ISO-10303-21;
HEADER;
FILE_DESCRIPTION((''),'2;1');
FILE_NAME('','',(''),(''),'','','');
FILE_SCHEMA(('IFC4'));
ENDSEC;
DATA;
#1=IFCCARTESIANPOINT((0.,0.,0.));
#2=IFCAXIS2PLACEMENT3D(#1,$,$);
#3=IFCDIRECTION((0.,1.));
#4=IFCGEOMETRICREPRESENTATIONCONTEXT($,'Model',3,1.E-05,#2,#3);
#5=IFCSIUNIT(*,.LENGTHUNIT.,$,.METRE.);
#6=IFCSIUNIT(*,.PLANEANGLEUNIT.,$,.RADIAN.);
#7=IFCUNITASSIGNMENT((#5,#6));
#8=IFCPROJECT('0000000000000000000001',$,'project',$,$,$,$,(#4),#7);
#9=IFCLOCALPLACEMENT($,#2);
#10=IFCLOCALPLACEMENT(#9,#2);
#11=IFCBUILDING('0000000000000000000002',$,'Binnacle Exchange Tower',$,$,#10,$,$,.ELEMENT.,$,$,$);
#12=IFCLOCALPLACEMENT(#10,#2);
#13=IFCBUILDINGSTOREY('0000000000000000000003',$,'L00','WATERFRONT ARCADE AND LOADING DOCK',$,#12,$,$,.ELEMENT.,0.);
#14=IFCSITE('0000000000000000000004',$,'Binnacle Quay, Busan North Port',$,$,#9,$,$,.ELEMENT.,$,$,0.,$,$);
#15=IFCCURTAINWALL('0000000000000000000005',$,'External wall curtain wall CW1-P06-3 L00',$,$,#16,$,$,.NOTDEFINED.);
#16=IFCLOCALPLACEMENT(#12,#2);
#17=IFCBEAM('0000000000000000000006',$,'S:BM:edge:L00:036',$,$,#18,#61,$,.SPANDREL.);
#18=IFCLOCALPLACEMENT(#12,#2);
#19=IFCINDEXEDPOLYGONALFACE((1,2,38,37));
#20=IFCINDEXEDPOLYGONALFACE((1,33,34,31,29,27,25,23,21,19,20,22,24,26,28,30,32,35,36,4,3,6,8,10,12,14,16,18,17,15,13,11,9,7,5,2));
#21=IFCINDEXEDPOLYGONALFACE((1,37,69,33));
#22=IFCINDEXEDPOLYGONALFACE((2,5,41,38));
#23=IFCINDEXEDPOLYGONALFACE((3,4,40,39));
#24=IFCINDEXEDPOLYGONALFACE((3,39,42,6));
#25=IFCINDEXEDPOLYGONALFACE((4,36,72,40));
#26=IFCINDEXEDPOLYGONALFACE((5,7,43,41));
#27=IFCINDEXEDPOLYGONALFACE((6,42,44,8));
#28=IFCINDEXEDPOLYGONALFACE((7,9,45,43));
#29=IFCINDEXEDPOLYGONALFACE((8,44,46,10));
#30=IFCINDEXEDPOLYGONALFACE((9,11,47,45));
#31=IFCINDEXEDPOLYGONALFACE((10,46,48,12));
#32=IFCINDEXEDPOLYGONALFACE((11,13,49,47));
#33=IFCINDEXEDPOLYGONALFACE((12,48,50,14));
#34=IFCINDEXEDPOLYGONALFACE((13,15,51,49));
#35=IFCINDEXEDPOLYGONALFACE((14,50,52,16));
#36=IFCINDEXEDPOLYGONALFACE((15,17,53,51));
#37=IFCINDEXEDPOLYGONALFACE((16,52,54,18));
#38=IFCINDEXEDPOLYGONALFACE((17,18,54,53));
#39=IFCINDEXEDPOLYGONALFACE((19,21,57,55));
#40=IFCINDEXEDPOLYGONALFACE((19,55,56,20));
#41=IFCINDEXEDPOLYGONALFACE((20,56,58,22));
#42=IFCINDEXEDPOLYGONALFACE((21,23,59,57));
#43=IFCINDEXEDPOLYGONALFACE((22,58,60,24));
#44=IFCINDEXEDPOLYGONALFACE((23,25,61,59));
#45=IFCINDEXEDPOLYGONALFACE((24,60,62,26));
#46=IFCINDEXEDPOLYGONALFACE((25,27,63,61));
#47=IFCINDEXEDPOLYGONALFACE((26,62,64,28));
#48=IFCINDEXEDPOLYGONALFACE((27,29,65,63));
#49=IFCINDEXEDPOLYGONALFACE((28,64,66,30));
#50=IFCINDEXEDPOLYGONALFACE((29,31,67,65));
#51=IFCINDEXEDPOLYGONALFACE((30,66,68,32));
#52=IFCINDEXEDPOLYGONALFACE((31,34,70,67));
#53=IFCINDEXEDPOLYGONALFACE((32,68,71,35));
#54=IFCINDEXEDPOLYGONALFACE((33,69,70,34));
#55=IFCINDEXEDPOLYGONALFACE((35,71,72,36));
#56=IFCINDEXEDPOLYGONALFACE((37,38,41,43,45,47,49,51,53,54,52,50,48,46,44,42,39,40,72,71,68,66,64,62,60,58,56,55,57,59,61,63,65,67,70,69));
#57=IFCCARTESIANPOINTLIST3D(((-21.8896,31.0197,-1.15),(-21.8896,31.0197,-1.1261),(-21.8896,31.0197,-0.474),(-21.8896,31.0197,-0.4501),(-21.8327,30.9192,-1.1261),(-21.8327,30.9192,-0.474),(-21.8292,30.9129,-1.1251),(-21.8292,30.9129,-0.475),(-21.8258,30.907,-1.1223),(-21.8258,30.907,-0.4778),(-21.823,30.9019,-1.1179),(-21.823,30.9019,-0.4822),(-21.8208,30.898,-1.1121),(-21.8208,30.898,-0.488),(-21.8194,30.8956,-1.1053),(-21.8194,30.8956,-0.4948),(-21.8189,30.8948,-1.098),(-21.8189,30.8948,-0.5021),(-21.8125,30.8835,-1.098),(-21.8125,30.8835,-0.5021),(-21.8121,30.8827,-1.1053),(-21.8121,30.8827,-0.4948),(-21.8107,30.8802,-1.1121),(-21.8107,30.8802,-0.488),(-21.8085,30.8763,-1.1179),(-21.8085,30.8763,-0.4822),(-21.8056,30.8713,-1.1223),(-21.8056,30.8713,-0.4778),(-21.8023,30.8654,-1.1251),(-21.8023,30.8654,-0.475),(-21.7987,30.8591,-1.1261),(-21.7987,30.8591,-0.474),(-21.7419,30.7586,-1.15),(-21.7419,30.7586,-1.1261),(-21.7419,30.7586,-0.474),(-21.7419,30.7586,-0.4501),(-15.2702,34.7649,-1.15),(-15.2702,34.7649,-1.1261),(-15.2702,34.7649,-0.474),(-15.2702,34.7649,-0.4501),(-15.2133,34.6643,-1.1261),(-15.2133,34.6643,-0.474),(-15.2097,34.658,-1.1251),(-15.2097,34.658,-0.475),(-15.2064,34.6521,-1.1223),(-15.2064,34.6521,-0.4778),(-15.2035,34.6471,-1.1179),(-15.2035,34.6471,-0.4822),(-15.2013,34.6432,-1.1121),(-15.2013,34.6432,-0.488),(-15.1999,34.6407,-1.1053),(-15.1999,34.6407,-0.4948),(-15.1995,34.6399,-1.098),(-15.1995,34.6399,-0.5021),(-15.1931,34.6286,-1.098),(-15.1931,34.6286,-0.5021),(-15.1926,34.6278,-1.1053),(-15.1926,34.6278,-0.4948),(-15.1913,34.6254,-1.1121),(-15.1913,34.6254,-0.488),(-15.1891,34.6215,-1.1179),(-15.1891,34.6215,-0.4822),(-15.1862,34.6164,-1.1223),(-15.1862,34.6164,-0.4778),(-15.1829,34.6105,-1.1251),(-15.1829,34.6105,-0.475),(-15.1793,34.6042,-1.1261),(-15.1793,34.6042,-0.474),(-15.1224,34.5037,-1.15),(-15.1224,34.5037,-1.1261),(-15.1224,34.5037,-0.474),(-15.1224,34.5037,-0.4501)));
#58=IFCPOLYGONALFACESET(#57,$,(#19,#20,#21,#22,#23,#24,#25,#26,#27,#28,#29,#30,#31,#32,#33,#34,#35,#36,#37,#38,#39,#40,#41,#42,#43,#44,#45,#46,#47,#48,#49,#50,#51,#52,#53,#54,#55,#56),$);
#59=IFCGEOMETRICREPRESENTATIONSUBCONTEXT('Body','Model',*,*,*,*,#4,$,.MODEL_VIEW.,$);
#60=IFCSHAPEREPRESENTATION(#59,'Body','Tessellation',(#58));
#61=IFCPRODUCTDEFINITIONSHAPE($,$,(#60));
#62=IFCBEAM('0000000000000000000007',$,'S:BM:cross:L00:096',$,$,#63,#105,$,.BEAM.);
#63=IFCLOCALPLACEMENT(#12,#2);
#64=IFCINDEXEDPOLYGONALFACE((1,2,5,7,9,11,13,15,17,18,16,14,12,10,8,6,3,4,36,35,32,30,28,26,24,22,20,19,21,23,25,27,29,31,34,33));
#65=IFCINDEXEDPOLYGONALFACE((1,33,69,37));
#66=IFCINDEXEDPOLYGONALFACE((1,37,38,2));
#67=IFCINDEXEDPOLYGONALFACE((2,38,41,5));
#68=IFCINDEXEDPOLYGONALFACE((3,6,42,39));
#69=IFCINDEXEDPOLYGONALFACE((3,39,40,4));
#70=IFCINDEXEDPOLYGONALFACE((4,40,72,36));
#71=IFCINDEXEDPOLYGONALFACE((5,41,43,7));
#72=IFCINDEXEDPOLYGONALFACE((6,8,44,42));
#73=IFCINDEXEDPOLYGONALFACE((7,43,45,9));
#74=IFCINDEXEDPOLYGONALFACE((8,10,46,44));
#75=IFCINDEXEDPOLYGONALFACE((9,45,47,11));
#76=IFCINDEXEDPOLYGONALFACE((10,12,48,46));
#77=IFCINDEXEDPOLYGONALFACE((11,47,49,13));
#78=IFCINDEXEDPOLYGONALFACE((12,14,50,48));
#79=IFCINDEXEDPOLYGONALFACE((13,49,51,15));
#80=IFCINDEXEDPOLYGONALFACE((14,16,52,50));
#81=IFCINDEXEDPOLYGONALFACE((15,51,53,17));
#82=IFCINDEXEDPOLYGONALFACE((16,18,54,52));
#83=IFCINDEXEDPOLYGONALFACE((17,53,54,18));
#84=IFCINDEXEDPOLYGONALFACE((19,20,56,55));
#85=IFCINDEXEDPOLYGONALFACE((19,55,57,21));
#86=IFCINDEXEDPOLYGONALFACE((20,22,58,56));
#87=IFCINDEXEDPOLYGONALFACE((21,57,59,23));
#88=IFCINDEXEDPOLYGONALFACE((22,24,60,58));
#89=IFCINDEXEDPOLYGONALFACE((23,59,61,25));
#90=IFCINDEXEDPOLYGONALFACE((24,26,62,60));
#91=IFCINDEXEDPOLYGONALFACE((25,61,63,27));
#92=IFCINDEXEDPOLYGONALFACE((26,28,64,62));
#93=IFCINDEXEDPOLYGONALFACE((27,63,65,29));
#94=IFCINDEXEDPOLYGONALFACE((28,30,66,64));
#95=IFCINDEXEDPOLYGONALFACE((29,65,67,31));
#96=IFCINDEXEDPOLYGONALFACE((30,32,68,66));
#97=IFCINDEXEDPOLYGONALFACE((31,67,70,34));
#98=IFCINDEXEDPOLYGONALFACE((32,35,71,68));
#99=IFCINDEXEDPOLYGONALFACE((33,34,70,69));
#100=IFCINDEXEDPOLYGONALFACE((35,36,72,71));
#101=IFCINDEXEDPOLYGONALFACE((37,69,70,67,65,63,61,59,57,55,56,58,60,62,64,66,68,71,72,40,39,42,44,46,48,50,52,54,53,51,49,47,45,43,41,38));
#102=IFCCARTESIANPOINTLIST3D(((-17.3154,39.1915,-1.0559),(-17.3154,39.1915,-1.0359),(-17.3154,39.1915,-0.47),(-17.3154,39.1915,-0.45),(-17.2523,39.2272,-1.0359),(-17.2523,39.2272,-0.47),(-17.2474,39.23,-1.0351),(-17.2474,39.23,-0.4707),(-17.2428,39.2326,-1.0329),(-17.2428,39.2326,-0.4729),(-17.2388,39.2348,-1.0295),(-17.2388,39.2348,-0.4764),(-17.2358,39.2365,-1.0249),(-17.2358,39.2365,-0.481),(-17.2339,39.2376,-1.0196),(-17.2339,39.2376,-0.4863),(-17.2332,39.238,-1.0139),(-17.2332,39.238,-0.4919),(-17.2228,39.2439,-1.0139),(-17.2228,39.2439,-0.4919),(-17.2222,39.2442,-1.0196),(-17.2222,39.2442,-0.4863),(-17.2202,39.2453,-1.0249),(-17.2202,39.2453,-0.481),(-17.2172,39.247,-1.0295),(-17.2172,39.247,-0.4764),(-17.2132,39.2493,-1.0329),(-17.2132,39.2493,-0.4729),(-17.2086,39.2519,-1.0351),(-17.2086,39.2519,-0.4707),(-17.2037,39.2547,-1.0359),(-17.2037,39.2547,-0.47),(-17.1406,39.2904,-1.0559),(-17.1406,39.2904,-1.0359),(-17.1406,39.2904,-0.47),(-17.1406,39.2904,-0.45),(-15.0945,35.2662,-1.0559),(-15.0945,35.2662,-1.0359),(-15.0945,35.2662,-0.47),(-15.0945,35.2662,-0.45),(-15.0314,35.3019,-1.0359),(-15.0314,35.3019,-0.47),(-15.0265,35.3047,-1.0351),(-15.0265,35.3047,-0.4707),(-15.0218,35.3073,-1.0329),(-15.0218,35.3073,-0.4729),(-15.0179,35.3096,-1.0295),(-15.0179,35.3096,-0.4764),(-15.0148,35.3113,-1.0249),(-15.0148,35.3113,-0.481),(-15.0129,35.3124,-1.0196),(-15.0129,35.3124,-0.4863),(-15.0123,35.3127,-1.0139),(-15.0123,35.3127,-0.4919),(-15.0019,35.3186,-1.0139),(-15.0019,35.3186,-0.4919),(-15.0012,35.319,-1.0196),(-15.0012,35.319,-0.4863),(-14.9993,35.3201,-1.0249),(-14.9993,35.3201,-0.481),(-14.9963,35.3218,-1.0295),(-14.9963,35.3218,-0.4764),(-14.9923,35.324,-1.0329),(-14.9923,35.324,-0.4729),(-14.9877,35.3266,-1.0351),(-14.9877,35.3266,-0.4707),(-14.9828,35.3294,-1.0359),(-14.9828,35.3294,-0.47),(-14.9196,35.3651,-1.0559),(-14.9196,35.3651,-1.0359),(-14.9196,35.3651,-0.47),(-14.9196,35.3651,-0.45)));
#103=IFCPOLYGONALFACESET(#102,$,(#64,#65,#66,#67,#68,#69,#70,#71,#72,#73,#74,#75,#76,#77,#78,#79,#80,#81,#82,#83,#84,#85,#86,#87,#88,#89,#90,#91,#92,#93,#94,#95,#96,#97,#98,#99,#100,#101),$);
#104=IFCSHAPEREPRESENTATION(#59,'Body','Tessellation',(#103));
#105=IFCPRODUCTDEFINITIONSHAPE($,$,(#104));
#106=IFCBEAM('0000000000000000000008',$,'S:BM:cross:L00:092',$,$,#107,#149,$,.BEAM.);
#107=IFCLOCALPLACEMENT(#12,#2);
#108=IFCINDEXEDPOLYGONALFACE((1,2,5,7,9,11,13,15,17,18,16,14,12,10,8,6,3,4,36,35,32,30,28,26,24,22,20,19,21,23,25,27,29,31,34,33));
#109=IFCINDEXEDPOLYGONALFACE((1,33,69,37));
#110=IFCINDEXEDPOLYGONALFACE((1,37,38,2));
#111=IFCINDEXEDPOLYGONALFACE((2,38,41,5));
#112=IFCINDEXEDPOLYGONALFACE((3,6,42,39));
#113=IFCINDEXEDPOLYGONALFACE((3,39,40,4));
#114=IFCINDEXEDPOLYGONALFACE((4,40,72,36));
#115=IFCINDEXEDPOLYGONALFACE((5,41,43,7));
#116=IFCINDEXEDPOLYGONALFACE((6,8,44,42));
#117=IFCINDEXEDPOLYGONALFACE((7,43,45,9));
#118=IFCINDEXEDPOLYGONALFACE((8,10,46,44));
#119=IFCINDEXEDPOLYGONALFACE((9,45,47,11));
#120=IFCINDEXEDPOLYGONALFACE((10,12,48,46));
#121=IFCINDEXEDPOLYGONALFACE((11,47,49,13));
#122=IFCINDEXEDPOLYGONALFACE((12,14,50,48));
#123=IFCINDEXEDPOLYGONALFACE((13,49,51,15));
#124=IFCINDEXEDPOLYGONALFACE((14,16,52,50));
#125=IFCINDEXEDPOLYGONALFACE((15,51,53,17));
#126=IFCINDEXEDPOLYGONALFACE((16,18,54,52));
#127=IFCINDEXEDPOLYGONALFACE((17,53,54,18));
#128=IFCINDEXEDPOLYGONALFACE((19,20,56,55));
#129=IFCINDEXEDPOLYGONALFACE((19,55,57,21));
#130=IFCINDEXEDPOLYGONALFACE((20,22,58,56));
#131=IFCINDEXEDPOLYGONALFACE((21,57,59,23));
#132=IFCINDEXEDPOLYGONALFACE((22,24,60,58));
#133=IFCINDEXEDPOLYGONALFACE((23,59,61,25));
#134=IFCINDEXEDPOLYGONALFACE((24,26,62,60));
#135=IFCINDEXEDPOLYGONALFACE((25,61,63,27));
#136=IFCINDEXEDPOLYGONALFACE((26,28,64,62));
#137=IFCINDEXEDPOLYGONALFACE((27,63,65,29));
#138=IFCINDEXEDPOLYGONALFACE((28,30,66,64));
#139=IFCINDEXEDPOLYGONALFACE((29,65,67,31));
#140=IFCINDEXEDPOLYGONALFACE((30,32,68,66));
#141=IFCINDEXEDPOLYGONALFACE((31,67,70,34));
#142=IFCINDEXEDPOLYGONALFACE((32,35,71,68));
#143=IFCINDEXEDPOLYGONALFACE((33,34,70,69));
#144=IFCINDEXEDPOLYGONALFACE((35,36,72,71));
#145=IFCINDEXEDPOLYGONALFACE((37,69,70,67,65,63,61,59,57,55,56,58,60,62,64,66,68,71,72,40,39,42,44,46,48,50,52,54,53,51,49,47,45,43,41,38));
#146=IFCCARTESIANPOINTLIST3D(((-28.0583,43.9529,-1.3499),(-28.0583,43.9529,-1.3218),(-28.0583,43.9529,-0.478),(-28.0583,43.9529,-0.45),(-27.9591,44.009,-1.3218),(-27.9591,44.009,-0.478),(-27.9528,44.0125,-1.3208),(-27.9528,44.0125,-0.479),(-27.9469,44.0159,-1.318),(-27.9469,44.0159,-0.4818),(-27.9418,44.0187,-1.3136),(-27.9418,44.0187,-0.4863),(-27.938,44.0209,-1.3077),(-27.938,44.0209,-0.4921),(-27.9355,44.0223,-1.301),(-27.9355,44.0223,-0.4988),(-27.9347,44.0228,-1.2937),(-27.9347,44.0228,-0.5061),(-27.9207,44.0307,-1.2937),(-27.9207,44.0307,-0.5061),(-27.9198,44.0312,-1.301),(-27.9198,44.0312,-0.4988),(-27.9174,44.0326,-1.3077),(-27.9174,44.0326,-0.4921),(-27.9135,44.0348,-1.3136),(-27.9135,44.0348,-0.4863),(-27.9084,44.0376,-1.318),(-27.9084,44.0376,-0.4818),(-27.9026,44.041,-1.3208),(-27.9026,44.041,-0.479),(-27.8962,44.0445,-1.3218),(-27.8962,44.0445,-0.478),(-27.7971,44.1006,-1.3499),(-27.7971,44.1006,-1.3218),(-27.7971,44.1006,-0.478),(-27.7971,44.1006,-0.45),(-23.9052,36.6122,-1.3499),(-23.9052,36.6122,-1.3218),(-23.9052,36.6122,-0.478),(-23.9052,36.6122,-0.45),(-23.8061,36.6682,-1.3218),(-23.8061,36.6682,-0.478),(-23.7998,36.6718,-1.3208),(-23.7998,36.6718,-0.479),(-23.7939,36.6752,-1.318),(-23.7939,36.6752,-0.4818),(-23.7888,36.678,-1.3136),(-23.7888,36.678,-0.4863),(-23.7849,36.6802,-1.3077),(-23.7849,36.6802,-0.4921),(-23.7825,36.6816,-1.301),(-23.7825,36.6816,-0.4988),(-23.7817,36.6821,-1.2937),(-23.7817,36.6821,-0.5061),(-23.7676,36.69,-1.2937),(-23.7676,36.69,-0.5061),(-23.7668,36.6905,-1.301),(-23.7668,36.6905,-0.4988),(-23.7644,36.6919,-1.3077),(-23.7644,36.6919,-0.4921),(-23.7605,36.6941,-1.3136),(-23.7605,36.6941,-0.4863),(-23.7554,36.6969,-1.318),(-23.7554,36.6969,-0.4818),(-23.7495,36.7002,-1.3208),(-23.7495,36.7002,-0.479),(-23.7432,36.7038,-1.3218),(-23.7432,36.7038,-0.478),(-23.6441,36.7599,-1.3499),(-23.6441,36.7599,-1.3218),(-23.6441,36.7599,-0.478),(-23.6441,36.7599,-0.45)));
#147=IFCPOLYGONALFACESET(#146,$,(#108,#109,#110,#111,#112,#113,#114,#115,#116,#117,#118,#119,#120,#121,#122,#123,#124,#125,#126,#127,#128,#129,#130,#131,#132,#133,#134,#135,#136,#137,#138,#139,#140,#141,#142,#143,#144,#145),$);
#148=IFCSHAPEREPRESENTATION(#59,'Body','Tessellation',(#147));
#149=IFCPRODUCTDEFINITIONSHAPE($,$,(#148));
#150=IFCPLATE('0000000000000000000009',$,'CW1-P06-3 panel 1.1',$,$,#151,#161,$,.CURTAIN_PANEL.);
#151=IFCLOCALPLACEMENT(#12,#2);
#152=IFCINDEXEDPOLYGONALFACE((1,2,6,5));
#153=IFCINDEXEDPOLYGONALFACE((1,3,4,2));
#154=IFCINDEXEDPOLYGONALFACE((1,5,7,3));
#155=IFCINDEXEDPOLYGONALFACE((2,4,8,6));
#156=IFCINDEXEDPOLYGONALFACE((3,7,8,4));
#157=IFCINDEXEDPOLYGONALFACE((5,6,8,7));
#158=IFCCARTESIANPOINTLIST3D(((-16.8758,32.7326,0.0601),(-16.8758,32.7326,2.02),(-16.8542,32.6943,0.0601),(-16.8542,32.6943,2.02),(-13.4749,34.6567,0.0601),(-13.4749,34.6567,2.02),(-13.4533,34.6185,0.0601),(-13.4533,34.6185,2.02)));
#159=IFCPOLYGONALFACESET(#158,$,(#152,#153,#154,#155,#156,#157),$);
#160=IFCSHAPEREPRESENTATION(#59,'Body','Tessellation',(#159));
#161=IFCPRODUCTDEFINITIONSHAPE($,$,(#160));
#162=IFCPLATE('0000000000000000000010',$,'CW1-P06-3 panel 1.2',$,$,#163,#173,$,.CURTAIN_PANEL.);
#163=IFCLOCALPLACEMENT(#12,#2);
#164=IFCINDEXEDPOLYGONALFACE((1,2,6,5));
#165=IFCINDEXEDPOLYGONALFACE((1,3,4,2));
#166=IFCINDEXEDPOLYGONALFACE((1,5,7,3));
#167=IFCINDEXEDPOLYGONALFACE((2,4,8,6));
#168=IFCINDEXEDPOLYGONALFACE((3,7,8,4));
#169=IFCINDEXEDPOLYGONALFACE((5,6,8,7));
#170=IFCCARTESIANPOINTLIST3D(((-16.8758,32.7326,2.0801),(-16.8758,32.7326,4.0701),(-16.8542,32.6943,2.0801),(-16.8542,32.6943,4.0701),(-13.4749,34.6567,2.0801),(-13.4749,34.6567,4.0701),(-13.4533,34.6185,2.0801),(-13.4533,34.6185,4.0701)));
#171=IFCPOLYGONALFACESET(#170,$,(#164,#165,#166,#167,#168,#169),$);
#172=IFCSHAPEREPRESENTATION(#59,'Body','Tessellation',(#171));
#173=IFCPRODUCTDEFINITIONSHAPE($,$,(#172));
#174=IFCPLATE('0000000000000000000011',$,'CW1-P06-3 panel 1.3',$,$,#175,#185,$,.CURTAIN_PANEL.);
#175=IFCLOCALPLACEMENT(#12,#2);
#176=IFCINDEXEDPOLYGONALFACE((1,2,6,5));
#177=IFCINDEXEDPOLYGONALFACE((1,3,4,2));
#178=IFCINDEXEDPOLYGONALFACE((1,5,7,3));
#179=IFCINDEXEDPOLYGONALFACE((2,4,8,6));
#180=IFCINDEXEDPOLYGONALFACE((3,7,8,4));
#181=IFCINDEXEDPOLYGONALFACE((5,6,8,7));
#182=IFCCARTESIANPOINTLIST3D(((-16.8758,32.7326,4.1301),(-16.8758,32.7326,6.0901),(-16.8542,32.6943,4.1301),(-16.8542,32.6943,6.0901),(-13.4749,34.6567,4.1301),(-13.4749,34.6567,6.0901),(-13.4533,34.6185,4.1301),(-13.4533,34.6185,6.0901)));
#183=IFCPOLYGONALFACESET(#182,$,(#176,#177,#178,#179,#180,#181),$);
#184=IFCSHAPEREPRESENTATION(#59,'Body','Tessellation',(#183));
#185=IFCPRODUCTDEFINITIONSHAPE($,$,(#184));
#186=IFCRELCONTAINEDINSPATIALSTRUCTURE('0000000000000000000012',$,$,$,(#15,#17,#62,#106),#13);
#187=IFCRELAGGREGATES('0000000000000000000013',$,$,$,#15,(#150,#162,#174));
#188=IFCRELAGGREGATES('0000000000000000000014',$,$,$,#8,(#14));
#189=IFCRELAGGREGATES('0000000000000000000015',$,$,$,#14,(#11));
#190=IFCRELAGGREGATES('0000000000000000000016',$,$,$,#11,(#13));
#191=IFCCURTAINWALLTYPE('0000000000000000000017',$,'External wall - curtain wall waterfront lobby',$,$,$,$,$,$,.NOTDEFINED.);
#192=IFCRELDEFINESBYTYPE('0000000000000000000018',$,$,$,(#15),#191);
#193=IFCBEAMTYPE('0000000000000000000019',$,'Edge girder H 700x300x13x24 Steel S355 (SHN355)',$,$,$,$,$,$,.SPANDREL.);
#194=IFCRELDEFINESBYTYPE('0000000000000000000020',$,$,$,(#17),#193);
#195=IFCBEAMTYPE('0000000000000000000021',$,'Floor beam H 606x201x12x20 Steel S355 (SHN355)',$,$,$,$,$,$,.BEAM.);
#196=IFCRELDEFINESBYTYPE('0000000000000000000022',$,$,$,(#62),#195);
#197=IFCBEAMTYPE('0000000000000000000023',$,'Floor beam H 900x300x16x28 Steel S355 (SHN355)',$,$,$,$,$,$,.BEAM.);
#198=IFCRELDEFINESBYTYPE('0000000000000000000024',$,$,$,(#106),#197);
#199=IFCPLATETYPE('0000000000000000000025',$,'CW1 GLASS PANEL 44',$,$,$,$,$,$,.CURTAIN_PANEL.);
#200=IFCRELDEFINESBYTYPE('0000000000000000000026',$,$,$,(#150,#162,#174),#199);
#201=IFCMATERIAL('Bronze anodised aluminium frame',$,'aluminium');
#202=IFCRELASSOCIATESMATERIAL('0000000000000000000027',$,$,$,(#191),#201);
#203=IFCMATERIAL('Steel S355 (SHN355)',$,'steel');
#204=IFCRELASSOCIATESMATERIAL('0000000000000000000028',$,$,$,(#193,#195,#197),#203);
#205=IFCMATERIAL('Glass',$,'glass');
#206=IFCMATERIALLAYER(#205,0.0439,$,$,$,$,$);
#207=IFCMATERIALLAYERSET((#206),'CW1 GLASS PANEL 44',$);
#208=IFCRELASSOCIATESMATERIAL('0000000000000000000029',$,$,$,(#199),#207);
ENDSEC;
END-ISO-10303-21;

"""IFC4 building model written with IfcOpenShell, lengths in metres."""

from ifc_helpers import new_model, si_unit, direction, frame, origin, origin_2d, place, context, subcontext, project, spatial, rectangle, i_section, extrude, material, layer, layer_set, material_profile, profile_set, type_object, element, aggregate, save


model = new_model("IFC4")

# Units and contexts
model_context = context("Model", 3, precision=1e-05, world=origin(), true_north=direction((0.0, 1.0)))
body_context = subcontext(model_context, "Body", "Model", "MODEL_VIEW")
ifc_project = project(units=[si_unit("LENGTHUNIT", "METRE"), si_unit("PLANEANGLEUNIT", "RADIAN")], contexts=[model_context])

# Site, building, storey
site_placement = place(None, origin())
site = spatial("IfcSite", under=ifc_project, at=site_placement, Name="Binnacle Quay, Busan North Port", CompositionType="ELEMENT", RefElevation=0.0)
building_placement = place(site_placement, origin())
building = spatial("IfcBuilding", under=site, at=building_placement, Name="Binnacle Exchange Tower", CompositionType="ELEMENT")
storey_placement = place(building_placement, origin())
storey = spatial("IfcBuildingStorey", under=building, at=storey_placement, Name="L00", Description="WATERFRONT ARCADE AND LOADING DOCK", CompositionType="ELEMENT", Elevation=0.0)

# Curtain wall
ifc_material_1 = material(Name="Bronze anodised aluminium frame", Category="aluminium")
curtain_wall_type = type_object("IfcCurtainWallType", Name="External wall - curtain wall waterfront lobby", PredefinedType="NOTDEFINED", material=ifc_material_1)
curtain_wall_placement = place(storey_placement, origin())
curtain_wall = element("IfcCurtainWall", 1, at=curtain_wall_placement, inside=storey, type_object=curtain_wall_type, Name="External wall curtain wall CW1-P06-3 L00", PredefinedType="NOTDEFINED")

# Beams
ifc_material_2 = material(Name="Steel S355 (SHN355)", Category="steel")
ifc_material_profile_1 = material_profile(ifc_material_2, i_section(OverallWidth=0.3, OverallDepth=0.7, WebThickness=0.0129, FlangeThickness=0.0239, FilletRadius=0.0281, at=origin_2d()), Name="H 700x300x13x24")
ifc_profile_set_1 = profile_set([ifc_material_profile_1], Name="Steel S355 (SHN355)")
beam_type_1 = type_object("IfcBeamType", Name="Edge girder H 700x300x13x24 Steel S355 (SHN355)", PredefinedType="SPANDREL", material=ifc_profile_set_1)
beam_1_placement = place(storey_placement, frame((-15.1963, 34.6343, -0.8), z_axis=(-0.870353, -0.492428, 0.0), x_axis=(0.492428, -0.870353, 0.0)))
element("IfcBeam", 2, at=beam_1_placement, inside=storey, type_object=beam_type_1, Name="S:BM:edge:L00:036", PredefinedType="SPANDREL", context=body_context, shape_type="SweptSolid", body=[
    extrude(i_section(OverallWidth=0.3, OverallDepth=0.7, WebThickness=0.0129, FlangeThickness=0.0239, FilletRadius=0.0281, at=origin_2d()), origin(), (0.0, 0.0, 1.0), 7.6055),
])
ifc_material_profile_2 = material_profile(ifc_material_2, i_section(OverallWidth=0.2009, OverallDepth=0.606, WebThickness=0.012, FlangeThickness=0.02, FilletRadius=0.022, at=origin_2d()), Name="H 606x201x12x20")
ifc_profile_set_2 = profile_set([ifc_material_profile_2], Name="Steel S355 (SHN355)")
beam_type_2 = type_object("IfcBeamType", Name="Floor beam H 606x201x12x20 Steel S355 (SHN355)", PredefinedType="BEAM", material=ifc_profile_set_2)
beam_2_placement = place(storey_placement, frame((-15.0071, 35.3157, -0.7529), z_axis=(-0.492444, 0.870344, 0.0), x_axis=(-0.870344, -0.492444, 0.0)))
element("IfcBeam", 3, at=beam_2_placement, inside=storey, type_object=beam_type_2, Name="S:BM:cross:L00:096", PredefinedType="BEAM", context=body_context, shape_type="SweptSolid", body=[
    extrude(i_section(OverallWidth=0.2009, OverallDepth=0.606, WebThickness=0.012, FlangeThickness=0.02, FilletRadius=0.022, at=origin_2d()), origin(), (0.0, 0.0, 1.0), 4.51),
])
ifc_material_profile_3 = material_profile(ifc_material_2, i_section(OverallWidth=0.3, OverallDepth=0.8999, WebThickness=0.0161, FlangeThickness=0.0281, FilletRadius=0.0281, at=origin_2d()), Name="H 900x300x16x28")
ifc_profile_set_3 = profile_set([ifc_material_profile_3], Name="Steel S355 (SHN355)")
beam_type_3 = type_object("IfcBeamType", Name="Floor beam H 900x300x16x28 Steel S355 (SHN355)", PredefinedType="BEAM", material=ifc_profile_set_3)
beam_3_placement = place(storey_placement, frame((-23.7747, 36.686, -0.8999), z_axis=(-0.492409, 0.870364, 0.0), x_axis=(-0.870364, -0.492409, 0.0)))
element("IfcBeam", 4, at=beam_3_placement, inside=storey, type_object=beam_type_3, Name="S:BM:cross:L00:092", PredefinedType="BEAM", context=body_context, shape_type="SweptSolid", body=[
    extrude(i_section(OverallWidth=0.3, OverallDepth=0.8999, WebThickness=0.0161, FlangeThickness=0.0281, FilletRadius=0.0281, at=origin_2d()), origin(), (0.0, 0.0, 1.0), 8.4341),
])

# Plates
ifc_material_3 = material(Name="Glass", Category="glass")
ifc_layer_1 = layer(ifc_material_3, 0.0439)
ifc_layer_set_1 = layer_set([ifc_layer_1], Name="CW1 GLASS PANEL 44")
plate_type = type_object("IfcPlateType", Name="CW1 GLASS PANEL 44", PredefinedType="CURTAIN_PANEL", material=ifc_layer_set_1)
plate_1_placement = place(storey_placement, frame((-15.1646, 33.6755, 0.0601), z_axis=(0.0, 0.0, 1.0), x_axis=(0.870356, 0.492424, 0.0)))
plate_1 = element("IfcPlate", 5, at=plate_1_placement, type_object=plate_type, Name="CW1-P06-3 panel 1.1", PredefinedType="CURTAIN_PANEL", context=body_context, shape_type="SweptSolid", body=[
    extrude(rectangle(XDim=3.9075, YDim=0.0439, at=origin_2d()), origin(), (0.0, 0.0, 1.0), 1.96),
])
plate_2_placement = place(storey_placement, frame((-15.1646, 33.6755, 2.0801), z_axis=(0.0, 0.0, 1.0), x_axis=(0.870356, 0.492424, 0.0)))
plate_2 = element("IfcPlate", 6, at=plate_2_placement, type_object=plate_type, Name="CW1-P06-3 panel 1.2", PredefinedType="CURTAIN_PANEL", context=body_context, shape_type="SweptSolid", body=[
    extrude(rectangle(XDim=3.9075, YDim=0.0439, at=origin_2d()), origin(), (0.0, 0.0, 1.0), 1.99),
])
plate_3_placement = place(storey_placement, frame((-15.1646, 33.6755, 4.1301), z_axis=(0.0, 0.0, 1.0), x_axis=(0.870356, 0.492424, 0.0)))
plate_3 = element("IfcPlate", 7, at=plate_3_placement, type_object=plate_type, Name="CW1-P06-3 panel 1.3", PredefinedType="CURTAIN_PANEL", context=body_context, shape_type="SweptSolid", body=[
    extrude(rectangle(XDim=3.9075, YDim=0.0439, at=origin_2d()), origin(), (0.0, 0.0, 1.0), 1.96),
])
aggregate(curtain_wall, [plate_1, plate_2, plate_3])

save(model, "model.ifc")
